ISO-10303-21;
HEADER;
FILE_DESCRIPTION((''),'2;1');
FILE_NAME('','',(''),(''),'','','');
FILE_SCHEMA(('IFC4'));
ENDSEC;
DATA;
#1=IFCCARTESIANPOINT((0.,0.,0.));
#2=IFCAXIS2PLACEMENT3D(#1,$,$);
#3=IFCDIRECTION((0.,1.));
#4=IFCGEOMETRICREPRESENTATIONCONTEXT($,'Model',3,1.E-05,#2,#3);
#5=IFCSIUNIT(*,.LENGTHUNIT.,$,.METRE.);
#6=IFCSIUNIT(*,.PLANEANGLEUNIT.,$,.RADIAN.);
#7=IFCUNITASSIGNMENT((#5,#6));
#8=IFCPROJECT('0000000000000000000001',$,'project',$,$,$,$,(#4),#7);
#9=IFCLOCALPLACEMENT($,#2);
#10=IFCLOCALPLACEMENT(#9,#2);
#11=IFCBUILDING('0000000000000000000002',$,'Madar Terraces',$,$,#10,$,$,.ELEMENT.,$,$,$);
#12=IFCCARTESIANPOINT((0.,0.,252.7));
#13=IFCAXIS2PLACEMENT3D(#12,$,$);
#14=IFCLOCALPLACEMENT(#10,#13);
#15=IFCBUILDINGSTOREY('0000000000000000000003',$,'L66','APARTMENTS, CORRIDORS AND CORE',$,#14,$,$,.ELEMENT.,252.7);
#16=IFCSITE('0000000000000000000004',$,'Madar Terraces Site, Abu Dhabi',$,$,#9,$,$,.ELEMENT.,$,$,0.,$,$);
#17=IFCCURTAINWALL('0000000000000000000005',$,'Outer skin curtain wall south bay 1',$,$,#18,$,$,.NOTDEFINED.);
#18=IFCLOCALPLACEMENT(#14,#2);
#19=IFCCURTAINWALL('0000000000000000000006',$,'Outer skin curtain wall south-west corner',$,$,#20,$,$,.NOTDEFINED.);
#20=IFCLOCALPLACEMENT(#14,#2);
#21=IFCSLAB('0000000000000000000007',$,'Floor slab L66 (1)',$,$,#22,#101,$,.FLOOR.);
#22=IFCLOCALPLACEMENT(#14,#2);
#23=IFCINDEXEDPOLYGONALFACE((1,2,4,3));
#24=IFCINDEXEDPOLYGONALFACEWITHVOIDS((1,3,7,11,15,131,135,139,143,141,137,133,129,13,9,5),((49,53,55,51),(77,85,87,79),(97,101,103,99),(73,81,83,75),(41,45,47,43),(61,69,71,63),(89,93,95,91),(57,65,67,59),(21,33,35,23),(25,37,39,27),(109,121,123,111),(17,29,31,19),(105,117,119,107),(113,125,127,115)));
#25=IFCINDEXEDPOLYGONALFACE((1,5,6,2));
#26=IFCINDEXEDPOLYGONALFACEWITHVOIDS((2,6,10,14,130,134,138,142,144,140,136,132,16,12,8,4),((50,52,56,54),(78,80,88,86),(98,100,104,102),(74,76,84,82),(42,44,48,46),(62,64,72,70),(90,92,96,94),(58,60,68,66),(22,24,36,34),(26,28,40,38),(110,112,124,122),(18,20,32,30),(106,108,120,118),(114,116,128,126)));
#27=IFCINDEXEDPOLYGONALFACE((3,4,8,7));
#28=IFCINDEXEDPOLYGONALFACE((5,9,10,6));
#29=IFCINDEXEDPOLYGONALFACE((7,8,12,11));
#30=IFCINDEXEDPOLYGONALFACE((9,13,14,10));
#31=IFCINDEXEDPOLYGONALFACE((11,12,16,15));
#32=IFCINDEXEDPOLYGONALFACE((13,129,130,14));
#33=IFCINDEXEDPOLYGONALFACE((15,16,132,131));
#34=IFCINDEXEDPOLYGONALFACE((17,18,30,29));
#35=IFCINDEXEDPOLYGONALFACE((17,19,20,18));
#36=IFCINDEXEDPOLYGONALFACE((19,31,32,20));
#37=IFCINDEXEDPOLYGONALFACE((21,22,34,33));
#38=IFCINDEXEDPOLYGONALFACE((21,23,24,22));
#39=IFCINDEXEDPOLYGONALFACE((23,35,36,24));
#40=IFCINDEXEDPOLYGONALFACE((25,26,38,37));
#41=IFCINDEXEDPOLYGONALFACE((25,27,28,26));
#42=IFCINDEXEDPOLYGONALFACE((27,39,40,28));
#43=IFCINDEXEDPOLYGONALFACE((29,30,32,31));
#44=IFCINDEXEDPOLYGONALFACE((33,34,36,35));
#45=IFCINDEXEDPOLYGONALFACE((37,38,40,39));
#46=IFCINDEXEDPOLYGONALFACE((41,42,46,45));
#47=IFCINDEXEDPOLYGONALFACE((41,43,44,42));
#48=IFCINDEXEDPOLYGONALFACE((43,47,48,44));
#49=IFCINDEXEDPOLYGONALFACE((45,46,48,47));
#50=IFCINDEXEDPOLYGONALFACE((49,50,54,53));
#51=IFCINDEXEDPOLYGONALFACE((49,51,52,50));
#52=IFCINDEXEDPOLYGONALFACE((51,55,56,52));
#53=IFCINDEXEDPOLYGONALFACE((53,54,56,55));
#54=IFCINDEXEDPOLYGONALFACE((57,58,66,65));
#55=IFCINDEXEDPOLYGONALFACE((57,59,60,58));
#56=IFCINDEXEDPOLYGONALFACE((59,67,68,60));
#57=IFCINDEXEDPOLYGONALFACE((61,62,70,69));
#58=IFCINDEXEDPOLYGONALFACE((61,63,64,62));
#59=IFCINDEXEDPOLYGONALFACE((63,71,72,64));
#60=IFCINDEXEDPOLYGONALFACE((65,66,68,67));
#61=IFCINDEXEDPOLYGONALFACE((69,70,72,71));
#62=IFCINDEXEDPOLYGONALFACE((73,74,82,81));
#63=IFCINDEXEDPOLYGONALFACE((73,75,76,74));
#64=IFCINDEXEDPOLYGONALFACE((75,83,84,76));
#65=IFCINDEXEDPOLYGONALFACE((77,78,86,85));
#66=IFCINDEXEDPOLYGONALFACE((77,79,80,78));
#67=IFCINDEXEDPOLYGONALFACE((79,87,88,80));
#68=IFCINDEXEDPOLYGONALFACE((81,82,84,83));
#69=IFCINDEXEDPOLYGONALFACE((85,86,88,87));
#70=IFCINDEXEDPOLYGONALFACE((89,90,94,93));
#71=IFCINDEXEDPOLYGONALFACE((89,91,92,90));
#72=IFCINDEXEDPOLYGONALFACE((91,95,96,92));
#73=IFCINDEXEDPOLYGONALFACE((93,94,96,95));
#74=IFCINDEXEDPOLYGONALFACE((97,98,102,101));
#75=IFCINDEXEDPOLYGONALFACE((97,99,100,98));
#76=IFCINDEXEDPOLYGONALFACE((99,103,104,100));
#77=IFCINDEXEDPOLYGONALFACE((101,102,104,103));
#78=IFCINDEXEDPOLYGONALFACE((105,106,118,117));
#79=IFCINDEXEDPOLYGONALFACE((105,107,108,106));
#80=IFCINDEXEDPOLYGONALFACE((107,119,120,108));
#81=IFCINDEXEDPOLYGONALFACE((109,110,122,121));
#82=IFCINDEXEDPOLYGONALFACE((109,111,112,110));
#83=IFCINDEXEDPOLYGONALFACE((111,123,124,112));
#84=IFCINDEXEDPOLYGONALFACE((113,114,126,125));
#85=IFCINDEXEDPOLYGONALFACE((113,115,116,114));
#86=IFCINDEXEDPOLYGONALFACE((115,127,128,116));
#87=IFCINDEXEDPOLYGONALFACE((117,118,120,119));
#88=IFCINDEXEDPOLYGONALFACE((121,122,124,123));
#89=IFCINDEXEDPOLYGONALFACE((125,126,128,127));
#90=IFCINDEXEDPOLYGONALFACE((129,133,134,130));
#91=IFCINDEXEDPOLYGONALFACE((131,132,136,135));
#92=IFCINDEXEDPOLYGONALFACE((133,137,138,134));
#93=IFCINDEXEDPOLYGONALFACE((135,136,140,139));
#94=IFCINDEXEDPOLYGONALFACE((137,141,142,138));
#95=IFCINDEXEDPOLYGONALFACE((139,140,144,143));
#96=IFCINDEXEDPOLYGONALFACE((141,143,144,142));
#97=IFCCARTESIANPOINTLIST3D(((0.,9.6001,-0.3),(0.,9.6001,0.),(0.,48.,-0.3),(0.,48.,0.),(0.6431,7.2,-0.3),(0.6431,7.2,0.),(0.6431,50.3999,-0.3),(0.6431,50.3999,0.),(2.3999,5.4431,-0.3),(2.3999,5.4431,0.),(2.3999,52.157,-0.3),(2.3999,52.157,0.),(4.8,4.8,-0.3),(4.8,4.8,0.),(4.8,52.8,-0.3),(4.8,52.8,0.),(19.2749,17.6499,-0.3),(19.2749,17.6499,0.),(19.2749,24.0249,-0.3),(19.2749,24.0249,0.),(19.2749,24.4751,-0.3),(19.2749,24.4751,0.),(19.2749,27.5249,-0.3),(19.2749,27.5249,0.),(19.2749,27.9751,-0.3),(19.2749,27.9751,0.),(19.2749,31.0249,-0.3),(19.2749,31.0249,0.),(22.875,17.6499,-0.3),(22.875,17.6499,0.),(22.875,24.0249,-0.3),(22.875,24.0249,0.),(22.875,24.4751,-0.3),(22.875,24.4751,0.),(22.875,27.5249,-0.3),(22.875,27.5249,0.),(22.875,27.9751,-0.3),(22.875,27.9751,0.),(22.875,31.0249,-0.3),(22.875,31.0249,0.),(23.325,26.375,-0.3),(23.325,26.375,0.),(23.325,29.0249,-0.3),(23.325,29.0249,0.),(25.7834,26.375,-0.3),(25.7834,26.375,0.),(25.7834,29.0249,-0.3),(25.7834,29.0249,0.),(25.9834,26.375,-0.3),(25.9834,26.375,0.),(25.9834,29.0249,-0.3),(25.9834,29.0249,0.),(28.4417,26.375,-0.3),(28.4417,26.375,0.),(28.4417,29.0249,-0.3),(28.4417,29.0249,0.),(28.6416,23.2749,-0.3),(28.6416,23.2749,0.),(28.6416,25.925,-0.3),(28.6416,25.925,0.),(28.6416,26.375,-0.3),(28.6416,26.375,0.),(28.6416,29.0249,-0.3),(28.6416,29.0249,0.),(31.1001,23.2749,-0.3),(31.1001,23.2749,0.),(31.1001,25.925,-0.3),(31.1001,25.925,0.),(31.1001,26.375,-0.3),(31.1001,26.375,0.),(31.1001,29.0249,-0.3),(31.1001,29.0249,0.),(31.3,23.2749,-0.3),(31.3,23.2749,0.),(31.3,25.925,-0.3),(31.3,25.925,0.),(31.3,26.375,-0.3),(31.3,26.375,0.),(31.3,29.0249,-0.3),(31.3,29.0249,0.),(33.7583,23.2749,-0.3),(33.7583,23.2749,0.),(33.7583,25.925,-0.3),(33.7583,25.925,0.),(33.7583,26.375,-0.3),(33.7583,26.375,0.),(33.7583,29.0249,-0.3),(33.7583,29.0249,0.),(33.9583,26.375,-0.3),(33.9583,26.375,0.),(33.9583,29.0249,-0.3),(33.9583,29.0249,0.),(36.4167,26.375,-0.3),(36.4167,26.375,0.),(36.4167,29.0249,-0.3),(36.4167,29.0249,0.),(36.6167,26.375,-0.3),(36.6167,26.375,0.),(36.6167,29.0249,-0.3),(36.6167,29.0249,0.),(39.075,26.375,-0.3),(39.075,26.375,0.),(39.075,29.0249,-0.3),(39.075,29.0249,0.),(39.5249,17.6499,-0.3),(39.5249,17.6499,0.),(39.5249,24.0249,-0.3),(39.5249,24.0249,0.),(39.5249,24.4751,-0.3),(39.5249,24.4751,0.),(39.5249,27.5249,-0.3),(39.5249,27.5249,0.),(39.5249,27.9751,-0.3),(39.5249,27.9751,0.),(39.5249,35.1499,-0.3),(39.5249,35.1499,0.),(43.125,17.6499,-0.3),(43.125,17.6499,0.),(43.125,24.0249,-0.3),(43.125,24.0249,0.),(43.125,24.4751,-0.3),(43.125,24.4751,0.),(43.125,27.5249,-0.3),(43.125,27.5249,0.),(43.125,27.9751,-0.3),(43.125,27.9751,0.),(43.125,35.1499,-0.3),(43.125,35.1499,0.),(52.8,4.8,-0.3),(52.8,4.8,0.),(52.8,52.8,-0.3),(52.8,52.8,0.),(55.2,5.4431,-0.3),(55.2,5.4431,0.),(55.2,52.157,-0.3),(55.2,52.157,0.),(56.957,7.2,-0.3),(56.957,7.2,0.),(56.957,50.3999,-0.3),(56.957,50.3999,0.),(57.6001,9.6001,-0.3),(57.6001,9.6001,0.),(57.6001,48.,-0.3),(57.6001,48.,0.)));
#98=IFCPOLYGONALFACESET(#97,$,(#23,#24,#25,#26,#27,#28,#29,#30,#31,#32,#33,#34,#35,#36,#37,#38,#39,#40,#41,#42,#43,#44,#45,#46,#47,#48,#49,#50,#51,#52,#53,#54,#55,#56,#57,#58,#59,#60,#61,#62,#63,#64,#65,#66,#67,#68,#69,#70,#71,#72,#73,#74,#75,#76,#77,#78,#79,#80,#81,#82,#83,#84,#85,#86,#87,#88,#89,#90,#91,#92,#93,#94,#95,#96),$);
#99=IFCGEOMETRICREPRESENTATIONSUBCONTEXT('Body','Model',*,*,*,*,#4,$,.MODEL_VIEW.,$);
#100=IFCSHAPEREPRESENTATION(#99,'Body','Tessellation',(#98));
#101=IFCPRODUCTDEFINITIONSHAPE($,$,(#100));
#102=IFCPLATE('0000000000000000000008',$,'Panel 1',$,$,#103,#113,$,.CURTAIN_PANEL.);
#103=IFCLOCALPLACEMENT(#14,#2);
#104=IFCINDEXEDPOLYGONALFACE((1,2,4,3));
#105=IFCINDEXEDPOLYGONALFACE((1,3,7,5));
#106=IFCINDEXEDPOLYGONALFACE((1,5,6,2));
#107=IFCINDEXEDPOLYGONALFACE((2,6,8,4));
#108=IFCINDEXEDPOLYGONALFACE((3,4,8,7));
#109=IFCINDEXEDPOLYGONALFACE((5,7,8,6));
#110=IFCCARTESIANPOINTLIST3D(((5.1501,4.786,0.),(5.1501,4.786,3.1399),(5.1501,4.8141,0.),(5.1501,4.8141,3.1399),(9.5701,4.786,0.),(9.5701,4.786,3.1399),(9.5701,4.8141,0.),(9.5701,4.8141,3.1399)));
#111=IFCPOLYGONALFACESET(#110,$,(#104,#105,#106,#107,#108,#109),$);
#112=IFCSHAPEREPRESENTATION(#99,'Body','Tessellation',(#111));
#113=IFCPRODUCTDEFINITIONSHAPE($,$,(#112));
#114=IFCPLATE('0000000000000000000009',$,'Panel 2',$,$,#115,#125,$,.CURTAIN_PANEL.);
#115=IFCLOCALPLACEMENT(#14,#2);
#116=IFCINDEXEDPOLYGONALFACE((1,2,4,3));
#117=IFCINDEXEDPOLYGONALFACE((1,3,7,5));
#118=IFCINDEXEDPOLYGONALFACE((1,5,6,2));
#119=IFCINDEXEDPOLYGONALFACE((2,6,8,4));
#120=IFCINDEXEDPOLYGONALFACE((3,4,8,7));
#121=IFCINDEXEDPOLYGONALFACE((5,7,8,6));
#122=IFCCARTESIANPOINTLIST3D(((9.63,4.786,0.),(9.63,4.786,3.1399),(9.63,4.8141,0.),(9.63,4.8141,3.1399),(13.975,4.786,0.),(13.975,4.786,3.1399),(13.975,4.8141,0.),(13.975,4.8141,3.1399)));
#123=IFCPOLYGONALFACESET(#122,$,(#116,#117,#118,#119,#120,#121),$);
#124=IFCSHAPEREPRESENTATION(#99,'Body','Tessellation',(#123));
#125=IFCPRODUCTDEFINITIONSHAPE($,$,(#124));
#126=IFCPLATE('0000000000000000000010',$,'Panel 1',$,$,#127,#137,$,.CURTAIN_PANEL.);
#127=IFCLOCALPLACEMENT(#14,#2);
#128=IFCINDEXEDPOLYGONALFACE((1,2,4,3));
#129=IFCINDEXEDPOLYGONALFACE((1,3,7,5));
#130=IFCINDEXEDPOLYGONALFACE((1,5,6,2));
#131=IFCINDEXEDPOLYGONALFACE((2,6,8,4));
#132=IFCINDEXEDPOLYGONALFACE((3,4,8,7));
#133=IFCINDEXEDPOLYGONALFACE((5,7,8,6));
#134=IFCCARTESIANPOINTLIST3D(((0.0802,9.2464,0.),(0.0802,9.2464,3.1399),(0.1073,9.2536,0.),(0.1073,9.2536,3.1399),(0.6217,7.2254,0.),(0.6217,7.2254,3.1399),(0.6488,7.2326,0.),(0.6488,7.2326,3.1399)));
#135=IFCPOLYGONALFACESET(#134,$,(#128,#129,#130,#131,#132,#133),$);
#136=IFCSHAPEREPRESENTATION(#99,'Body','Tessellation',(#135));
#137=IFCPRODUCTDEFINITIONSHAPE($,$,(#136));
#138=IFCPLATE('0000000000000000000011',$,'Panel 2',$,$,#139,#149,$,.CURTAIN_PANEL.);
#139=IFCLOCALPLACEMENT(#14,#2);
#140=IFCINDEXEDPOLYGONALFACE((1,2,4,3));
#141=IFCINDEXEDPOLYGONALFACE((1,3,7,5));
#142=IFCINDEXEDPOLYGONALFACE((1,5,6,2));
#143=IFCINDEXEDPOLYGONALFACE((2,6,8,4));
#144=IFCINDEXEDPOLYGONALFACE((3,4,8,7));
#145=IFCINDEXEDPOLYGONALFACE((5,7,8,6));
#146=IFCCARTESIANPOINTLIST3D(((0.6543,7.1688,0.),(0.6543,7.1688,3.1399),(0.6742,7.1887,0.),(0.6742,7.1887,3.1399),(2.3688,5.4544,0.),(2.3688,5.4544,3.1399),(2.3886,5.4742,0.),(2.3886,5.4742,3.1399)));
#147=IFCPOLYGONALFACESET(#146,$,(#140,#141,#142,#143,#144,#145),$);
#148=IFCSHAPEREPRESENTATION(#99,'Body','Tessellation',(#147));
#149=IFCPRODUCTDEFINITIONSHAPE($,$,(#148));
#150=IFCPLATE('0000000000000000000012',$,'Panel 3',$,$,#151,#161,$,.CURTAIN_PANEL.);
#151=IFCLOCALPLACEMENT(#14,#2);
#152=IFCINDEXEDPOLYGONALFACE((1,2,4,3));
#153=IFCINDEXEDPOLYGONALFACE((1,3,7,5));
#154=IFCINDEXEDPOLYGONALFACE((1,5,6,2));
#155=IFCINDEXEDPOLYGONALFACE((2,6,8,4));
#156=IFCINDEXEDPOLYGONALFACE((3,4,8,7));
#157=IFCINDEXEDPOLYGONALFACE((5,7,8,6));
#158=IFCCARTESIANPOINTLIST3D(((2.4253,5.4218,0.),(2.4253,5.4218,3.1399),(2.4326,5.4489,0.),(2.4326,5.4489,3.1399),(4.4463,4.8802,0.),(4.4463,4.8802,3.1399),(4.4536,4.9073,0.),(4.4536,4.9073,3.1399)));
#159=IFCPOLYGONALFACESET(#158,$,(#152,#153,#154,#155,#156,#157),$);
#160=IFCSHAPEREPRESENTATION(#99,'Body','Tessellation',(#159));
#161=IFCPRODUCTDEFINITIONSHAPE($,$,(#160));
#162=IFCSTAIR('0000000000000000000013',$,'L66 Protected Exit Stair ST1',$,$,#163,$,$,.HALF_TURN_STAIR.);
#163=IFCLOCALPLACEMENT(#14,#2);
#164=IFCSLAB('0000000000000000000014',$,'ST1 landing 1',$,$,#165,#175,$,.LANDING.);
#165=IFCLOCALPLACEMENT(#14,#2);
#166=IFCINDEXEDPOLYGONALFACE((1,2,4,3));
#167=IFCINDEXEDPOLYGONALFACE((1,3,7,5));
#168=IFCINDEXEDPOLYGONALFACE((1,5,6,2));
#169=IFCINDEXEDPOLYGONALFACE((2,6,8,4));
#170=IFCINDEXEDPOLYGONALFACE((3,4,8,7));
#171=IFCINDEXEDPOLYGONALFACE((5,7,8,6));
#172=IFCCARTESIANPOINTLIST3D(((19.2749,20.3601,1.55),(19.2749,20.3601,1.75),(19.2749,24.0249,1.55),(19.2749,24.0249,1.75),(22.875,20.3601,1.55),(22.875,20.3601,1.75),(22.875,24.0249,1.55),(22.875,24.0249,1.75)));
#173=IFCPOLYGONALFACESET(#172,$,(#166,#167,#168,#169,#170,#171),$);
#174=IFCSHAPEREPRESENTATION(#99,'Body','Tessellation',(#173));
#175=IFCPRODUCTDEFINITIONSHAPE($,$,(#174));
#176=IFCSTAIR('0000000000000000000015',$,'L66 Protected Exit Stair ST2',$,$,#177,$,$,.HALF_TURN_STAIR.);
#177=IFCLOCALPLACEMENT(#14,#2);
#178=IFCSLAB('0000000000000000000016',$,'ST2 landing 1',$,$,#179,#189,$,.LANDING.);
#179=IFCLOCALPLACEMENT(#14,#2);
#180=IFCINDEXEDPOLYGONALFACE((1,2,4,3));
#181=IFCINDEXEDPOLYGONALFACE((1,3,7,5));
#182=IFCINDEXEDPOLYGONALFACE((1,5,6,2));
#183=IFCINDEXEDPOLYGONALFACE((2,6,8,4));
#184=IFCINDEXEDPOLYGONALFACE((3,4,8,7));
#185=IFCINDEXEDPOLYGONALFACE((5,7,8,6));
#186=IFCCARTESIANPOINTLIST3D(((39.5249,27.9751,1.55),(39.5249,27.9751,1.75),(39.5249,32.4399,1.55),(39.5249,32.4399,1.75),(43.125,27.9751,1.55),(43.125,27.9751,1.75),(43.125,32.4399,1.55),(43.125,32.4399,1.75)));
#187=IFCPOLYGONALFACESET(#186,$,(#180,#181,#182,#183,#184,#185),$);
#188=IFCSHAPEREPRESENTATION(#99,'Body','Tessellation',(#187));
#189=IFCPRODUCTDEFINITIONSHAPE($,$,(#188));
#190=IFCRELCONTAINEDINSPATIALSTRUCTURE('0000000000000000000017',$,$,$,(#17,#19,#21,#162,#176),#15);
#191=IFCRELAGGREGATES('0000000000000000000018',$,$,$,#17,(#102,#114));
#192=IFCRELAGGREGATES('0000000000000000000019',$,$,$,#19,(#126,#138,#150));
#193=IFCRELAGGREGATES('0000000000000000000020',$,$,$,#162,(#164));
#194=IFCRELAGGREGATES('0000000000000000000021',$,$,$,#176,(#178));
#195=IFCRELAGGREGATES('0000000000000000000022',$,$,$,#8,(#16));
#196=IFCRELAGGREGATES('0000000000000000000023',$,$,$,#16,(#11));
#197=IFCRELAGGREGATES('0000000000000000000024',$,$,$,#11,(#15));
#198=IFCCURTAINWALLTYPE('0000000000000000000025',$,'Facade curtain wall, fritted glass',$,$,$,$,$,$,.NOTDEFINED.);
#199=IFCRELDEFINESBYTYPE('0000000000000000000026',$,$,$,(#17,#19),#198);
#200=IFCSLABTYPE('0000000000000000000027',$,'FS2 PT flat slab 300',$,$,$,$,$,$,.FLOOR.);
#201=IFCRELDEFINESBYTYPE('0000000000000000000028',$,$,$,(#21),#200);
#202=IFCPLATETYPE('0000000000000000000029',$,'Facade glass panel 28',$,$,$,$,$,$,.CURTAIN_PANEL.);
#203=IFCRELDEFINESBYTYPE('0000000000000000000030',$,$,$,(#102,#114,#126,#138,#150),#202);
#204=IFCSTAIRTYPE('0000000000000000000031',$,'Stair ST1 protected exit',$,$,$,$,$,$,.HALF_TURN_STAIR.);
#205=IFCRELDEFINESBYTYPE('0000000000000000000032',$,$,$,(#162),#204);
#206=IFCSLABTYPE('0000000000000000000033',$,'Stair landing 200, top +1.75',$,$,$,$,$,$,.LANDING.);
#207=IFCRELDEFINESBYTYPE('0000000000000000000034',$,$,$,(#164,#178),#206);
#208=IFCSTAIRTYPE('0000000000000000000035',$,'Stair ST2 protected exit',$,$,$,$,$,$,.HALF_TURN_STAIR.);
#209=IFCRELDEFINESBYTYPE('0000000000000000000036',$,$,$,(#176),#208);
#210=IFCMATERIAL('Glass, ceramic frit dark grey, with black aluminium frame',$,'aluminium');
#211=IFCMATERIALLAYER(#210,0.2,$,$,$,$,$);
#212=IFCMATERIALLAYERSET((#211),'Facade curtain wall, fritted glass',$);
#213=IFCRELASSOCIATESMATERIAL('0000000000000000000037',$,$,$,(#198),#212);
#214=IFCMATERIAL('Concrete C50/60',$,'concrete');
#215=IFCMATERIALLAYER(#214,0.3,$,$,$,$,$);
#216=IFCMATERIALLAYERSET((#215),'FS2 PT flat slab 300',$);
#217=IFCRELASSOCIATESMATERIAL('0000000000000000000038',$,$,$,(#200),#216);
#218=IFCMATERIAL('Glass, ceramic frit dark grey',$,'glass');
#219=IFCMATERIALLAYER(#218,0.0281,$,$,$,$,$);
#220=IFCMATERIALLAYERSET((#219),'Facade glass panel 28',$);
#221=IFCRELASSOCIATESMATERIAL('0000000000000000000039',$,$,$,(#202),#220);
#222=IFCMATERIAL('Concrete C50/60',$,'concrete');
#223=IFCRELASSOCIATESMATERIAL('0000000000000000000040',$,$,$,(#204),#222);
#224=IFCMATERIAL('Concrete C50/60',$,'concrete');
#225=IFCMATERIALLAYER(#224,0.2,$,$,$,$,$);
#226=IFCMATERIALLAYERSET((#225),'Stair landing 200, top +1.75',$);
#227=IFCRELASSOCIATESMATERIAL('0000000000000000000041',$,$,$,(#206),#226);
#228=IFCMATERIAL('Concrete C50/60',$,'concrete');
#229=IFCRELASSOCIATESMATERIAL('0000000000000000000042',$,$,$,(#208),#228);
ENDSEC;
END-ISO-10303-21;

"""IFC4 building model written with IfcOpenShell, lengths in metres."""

from ifc_helpers import new_model, si_unit, direction, frame, origin, origin_2d, place, context, subcontext, project, spatial, polyline, rectangle, outline, extrude, material, layer, layer_set, type_object, element, aggregate, save


model = new_model("IFC4")

# Units and contexts
model_context = context("Model", 3, precision=1e-05, world=origin(), true_north=direction((0.0, 1.0)))
body_context = subcontext(model_context, "Body", "Model", "MODEL_VIEW")
ifc_project = project(units=[si_unit("LENGTHUNIT", "METRE"), si_unit("PLANEANGLEUNIT", "RADIAN")], contexts=[model_context])

# Site, building, storey
site_placement = place(None, origin())
site = spatial("IfcSite", under=ifc_project, at=site_placement, Name="Madar Terraces Site, Abu Dhabi", CompositionType="ELEMENT", RefElevation=0.0)
building_placement = place(site_placement, origin())
building = spatial("IfcBuilding", under=site, at=building_placement, Name="Madar Terraces", CompositionType="ELEMENT")
storey_placement = place(building_placement, frame((0.0, 0.0, 252.7)))
storey = spatial("IfcBuildingStorey", under=building, at=storey_placement, Name="L66", Description="APARTMENTS, CORRIDORS AND CORE", CompositionType="ELEMENT", Elevation=252.7)

# Curtain wall
ifc_material_1 = material(Name="Glass, ceramic frit dark grey, with black aluminium frame", Category="aluminium")
ifc_layer_1 = layer(ifc_material_1, 0.2)
ifc_layer_set_1 = layer_set([ifc_layer_1], Name="Facade curtain wall, fritted glass")
curtain_wall_type = type_object("IfcCurtainWallType", Name="Facade curtain wall, fritted glass", PredefinedType="NOTDEFINED", material=ifc_layer_set_1)
curtain_wall_1_placement = place(storey_placement, origin())
curtain_wall_1 = element("IfcCurtainWall", 1, at=curtain_wall_1_placement, inside=storey, type_object=curtain_wall_type, Name="Outer skin curtain wall south bay 1", PredefinedType="NOTDEFINED")

# Curtain wall
curtain_wall_2_placement = place(storey_placement, origin())
curtain_wall_2 = element("IfcCurtainWall", 2, at=curtain_wall_2_placement, inside=storey, type_object=curtain_wall_type, Name="Outer skin curtain wall south-west corner", PredefinedType="NOTDEFINED")

# Slab
ifc_material_2 = material(Name="Concrete C50/60", Category="concrete")
ifc_layer_2 = layer(ifc_material_2, 0.3)
ifc_layer_set_2 = layer_set([ifc_layer_2], Name="FS2 PT flat slab 300")
slab_type_1 = type_object("IfcSlabType", Name="FS2 PT flat slab 300", PredefinedType="FLOOR", material=ifc_layer_set_2)
slab_1_placement = place(storey_placement, frame((0.0, 0.0, -0.3)))
element("IfcSlab", 3, at=slab_1_placement, inside=storey, type_object=slab_type_1, Name="Floor slab L66 (1)", PredefinedType="FLOOR", context=body_context, shape_type="SweptSolid", body=[
    extrude(outline(polyline([(52.8, 4.8), (55.2, 5.4431), (56.957, 7.2), (57.6001, 9.6001), (57.6001, 48.0), (56.957, 50.3999), (55.2, 52.157), (52.8, 52.8), (4.8, 52.8), (2.3999, 52.157), (0.6431, 50.3999), (0.0, 48.0), (0.0, 9.6001), (0.6431, 7.2), (2.3999, 5.4431), (4.8, 4.8), (52.8, 4.8)]), holes=[polyline([(22.875, 17.6499), (19.2749, 17.6499), (19.2749, 24.0249), (22.875, 24.0249), (22.875, 17.6499)]), polyline([(28.6416, 23.2749), (28.6416, 25.925), (31.1001, 25.925), (31.1001, 23.2749), (28.6416, 23.2749)]), polyline([(19.2749, 24.4751), (19.2749, 27.5249), (22.875, 27.5249), (22.875, 24.4751), (19.2749, 24.4751)]), polyline([(23.325, 26.375), (23.325, 29.0249), (25.7834, 29.0249), (25.7834, 26.375), (23.325, 26.375)]), polyline([(25.9834, 26.375), (25.9834, 29.0249), (28.4417, 29.0249), (28.4417, 26.375), (25.9834, 26.375)]), polyline([(28.6416, 26.375), (28.6416, 29.0249), (31.1001, 29.0249), (31.1001, 26.375), (28.6416, 26.375)]), polyline([(19.2749, 27.9751), (19.2749, 31.0249), (22.875, 31.0249), (22.875, 27.9751), (19.2749, 27.9751)]), polyline([(43.125, 17.6499), (39.5249, 17.6499), (39.5249, 24.0249), (43.125, 24.0249), (43.125, 17.6499)]), polyline([(31.3, 23.2749), (31.3, 25.925), (33.7583, 25.925), (33.7583, 23.2749), (31.3, 23.2749)]), polyline([(39.5249, 24.4751), (39.5249, 27.5249), (43.125, 27.5249), (43.125, 24.4751), (39.5249, 24.4751)]), polyline([(31.3, 26.375), (31.3, 29.0249), (33.7583, 29.0249), (33.7583, 26.375), (31.3, 26.375)]), polyline([(33.9583, 26.375), (33.9583, 29.0249), (36.4167, 29.0249), (36.4167, 26.375), (33.9583, 26.375)]), polyline([(36.6167, 26.375), (36.6167, 29.0249), (39.075, 29.0249), (39.075, 26.375), (36.6167, 26.375)]), polyline([(39.5249, 27.9751), (39.5249, 35.1499), (43.125, 35.1499), (43.125, 27.9751), (39.5249, 27.9751)])]), origin(), (0.0, 0.0, 1.0), 0.3),
])

# Plates
ifc_material_3 = material(Name="Glass, ceramic frit dark grey", Category="glass")
ifc_layer_3 = layer(ifc_material_3, 0.0281)
ifc_layer_set_3 = layer_set([ifc_layer_3], Name="Facade glass panel 28")
plate_type = type_object("IfcPlateType", Name="Facade glass panel 28", PredefinedType="CURTAIN_PANEL", material=ifc_layer_set_3)
plate_1_placement = place(storey_placement, frame((7.3601, 4.8, 0.0), z_axis=(0.0, 0.0, 1.0), x_axis=(1.0, 0.0, 0.0)))
plate_1 = element("IfcPlate", 4, at=plate_1_placement, type_object=plate_type, Name="Panel 1", PredefinedType="CURTAIN_PANEL", context=body_context, shape_type="SweptSolid", body=[
    extrude(rectangle(XDim=4.4199, YDim=0.0281, at=origin_2d()), origin(), (0.0, 0.0, 1.0), 3.1399),
])
plate_2_placement = place(storey_placement, frame((11.8025, 4.8, 0.0), z_axis=(0.0, 0.0, 1.0), x_axis=(1.0, 0.0, 0.0)))
plate_2 = element("IfcPlate", 5, at=plate_2_placement, type_object=plate_type, Name="Panel 2", PredefinedType="CURTAIN_PANEL", context=body_context, shape_type="SweptSolid", body=[
    extrude(rectangle(XDim=4.345, YDim=0.0281, at=origin_2d()), origin(), (0.0, 0.0, 1.0), 3.1399),
])
aggregate(curtain_wall_1, [plate_1, plate_2])
plate_3_placement = place(storey_placement, frame((0.3645, 8.2395, 0.0), z_axis=(0.0, 0.0, 1.0), x_axis=(0.258819, -0.965926, 0.0)))
plate_3 = element("IfcPlate", 6, at=plate_3_placement, type_object=plate_type, Name="Panel 1", PredefinedType="CURTAIN_PANEL", context=body_context, shape_type="SweptSolid", body=[
    extrude(rectangle(XDim=2.0923, YDim=0.0281, at=origin_2d()), origin(), (0.0, 0.0, 1.0), 3.1399),
])
plate_4_placement = place(storey_placement, frame((1.5215, 6.3215, 0.0), z_axis=(0.0, 0.0, 1.0), x_axis=(0.707107, -0.707107, 0.0)))
plate_4 = element("IfcPlate", 7, at=plate_4_placement, type_object=plate_type, Name="Panel 2", PredefinedType="CURTAIN_PANEL", context=body_context, shape_type="SweptSolid", body=[
    extrude(rectangle(XDim=2.4246, YDim=0.0281, at=origin_2d()), origin(), (0.0, 0.0, 1.0), 3.1399),
])
plate_5_placement = place(storey_placement, frame((3.4395, 5.1646, 0.0), z_axis=(0.0, 0.0, 1.0), x_axis=(0.965926, -0.258819, 0.0)))
plate_5 = element("IfcPlate", 8, at=plate_5_placement, type_object=plate_type, Name="Panel 3", PredefinedType="CURTAIN_PANEL", context=body_context, shape_type="SweptSolid", body=[
    extrude(rectangle(XDim=2.0923, YDim=0.0281, at=origin_2d()), origin(), (0.0, 0.0, 1.0), 3.1399),
])
aggregate(curtain_wall_2, [plate_3, plate_4, plate_5])

# Stairs, slabs
ifc_material_4 = material(Name="Concrete C50/60", Category="concrete")
stair_type_1 = type_object("IfcStairType", Name="Stair ST1 protected exit", PredefinedType="HALF_TURN_STAIR", material=ifc_material_4)
stair_1_placement = place(storey_placement, origin())
stair_1 = element("IfcStair", 9, at=stair_1_placement, inside=storey, type_object=stair_type_1, Name="L66 Protected Exit Stair ST1", PredefinedType="HALF_TURN_STAIR")
ifc_material_5 = material(Name="Concrete C50/60", Category="concrete")
ifc_layer_4 = layer(ifc_material_5, 0.2)
ifc_layer_set_4 = layer_set([ifc_layer_4], Name="Stair landing 200, top +1.75")
slab_type_2 = type_object("IfcSlabType", Name="Stair landing 200, top +1.75", PredefinedType="LANDING", material=ifc_layer_set_4)
slab_2_placement = place(storey_placement, frame((0.0, 0.0, 1.55)))
slab_2 = element("IfcSlab", 10, at=slab_2_placement, type_object=slab_type_2, Name="ST1 landing 1", PredefinedType="LANDING", context=body_context, shape_type="SweptSolid", body=[
    extrude(outline(polyline([(19.2749, 20.3601), (22.875, 20.3601), (22.875, 24.0249), (19.2749, 24.0249), (19.2749, 20.3601)])), origin(), (0.0, 0.0, 1.0), 0.2),
])
aggregate(stair_1, [slab_2])
ifc_material_6 = material(Name="Concrete C50/60", Category="concrete")
stair_type_2 = type_object("IfcStairType", Name="Stair ST2 protected exit", PredefinedType="HALF_TURN_STAIR", material=ifc_material_6)
stair_2_placement = place(storey_placement, origin())
stair_2 = element("IfcStair", 11, at=stair_2_placement, inside=storey, type_object=stair_type_2, Name="L66 Protected Exit Stair ST2", PredefinedType="HALF_TURN_STAIR")
slab_3_placement = place(storey_placement, frame((0.0, 0.0, 1.55)))
slab_3 = element("IfcSlab", 12, at=slab_3_placement, type_object=slab_type_2, Name="ST2 landing 1", PredefinedType="LANDING", context=body_context, shape_type="SweptSolid", body=[
    extrude(outline(polyline([(39.5249, 27.9751), (43.125, 27.9751), (43.125, 32.4399), (39.5249, 32.4399), (39.5249, 27.9751)])), origin(), (0.0, 0.0, 1.0), 0.2),
])
aggregate(stair_2, [slab_3])

save(model, "model.ifc")
